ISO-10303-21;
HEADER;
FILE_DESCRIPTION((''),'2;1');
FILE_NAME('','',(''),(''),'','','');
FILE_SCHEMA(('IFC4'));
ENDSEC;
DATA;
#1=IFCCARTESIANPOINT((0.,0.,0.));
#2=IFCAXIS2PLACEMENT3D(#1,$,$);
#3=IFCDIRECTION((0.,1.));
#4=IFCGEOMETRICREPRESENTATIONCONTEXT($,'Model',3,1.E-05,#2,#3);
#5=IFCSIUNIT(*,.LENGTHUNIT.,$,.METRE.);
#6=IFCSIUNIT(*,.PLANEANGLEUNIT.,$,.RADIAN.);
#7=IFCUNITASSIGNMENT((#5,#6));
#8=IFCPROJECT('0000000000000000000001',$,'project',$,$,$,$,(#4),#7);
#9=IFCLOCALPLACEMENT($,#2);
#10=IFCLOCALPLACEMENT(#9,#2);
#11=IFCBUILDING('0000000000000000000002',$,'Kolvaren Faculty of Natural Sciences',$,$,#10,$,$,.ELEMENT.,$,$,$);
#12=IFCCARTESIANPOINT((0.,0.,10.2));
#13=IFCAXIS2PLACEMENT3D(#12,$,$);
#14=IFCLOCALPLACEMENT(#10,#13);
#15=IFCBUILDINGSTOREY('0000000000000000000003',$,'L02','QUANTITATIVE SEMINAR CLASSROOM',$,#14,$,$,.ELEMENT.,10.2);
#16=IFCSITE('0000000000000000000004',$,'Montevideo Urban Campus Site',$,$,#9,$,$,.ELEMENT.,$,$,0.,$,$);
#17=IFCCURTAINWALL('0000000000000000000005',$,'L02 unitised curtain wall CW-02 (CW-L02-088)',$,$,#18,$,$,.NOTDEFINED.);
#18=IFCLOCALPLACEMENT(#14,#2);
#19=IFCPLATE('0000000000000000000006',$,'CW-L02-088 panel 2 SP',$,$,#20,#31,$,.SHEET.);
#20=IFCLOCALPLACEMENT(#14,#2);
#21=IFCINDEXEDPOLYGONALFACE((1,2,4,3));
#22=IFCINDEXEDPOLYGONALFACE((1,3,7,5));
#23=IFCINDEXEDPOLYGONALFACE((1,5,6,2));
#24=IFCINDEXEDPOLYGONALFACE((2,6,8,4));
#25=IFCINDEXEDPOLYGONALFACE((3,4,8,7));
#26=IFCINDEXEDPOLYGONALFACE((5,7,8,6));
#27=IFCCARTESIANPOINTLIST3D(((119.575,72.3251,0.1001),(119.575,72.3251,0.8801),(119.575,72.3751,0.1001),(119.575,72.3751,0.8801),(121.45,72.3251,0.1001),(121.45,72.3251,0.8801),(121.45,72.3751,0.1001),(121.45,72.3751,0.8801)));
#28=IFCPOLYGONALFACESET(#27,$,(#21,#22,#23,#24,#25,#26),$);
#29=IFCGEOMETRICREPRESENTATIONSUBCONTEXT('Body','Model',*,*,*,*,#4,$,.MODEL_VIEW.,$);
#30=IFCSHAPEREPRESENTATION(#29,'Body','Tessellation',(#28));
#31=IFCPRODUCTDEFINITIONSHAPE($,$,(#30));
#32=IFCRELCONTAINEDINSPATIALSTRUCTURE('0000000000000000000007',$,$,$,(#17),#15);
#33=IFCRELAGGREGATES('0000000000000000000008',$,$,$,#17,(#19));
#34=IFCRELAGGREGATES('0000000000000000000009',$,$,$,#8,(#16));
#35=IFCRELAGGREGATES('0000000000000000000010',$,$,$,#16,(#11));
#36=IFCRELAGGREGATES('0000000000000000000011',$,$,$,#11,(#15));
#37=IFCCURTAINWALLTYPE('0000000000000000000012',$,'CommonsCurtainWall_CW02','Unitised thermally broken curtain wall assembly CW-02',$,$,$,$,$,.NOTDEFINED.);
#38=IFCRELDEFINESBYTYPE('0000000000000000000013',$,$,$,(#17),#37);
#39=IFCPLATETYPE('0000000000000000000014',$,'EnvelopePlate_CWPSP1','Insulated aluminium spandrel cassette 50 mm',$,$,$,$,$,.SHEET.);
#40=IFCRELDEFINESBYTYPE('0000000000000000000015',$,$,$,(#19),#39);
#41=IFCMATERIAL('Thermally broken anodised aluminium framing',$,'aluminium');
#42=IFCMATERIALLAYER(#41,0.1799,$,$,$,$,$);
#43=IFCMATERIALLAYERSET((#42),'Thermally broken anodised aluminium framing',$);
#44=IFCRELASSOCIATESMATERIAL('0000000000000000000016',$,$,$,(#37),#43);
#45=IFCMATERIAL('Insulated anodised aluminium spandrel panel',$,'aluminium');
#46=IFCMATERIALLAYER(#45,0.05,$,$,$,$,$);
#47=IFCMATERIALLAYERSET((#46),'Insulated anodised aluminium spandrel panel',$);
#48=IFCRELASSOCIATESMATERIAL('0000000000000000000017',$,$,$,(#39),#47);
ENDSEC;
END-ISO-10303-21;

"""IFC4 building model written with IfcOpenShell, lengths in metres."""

from ifc_helpers import new_model, si_unit, direction, frame, origin, origin_2d, place, context, subcontext, project, spatial, rectangle, extrude, material, layer, layer_set, type_object, element, aggregate, save


model = new_model("IFC4")

# Units and contexts
model_context = context("Model", 3, precision=1e-05, world=origin(), true_north=direction((0.0, 1.0)))
body_context = subcontext(model_context, "Body", "Model", "MODEL_VIEW")
ifc_project = project(units=[si_unit("LENGTHUNIT", "METRE"), si_unit("PLANEANGLEUNIT", "RADIAN")], contexts=[model_context])

# Site, building, storey
site_placement = place(None, origin())
site = spatial("IfcSite", under=ifc_project, at=site_placement, Name="Montevideo Urban Campus Site", CompositionType="ELEMENT", RefElevation=0.0)
building_placement = place(site_placement, origin())
building = spatial("IfcBuilding", under=site, at=building_placement, Name="Kolvaren Faculty of Natural Sciences", CompositionType="ELEMENT")
storey_placement = place(building_placement, frame((0.0, 0.0, 10.2)))
storey = spatial("IfcBuildingStorey", under=building, at=storey_placement, Name="L02", Description="QUANTITATIVE SEMINAR CLASSROOM", CompositionType="ELEMENT", Elevation=10.2)

# Curtain wall
ifc_material_1 = material(Name="Thermally broken anodised aluminium framing", Category="aluminium")
ifc_layer_1 = layer(ifc_material_1, 0.1799)
ifc_layer_set_1 = layer_set([ifc_layer_1], Name="Thermally broken anodised aluminium framing")
curtain_wall_type = type_object("IfcCurtainWallType", Name="CommonsCurtainWall_CW02", Description="Unitised thermally broken curtain wall assembly CW-02", PredefinedType="NOTDEFINED", material=ifc_layer_set_1)
curtain_wall_placement = place(storey_placement, origin())
curtain_wall = element("IfcCurtainWall", 1, at=curtain_wall_placement, inside=storey, type_object=curtain_wall_type, Name="L02 unitised curtain wall CW-02 (CW-L02-088)", PredefinedType="NOTDEFINED")

# Plate
ifc_material_2 = material(Name="Insulated anodised aluminium spandrel panel", Category="aluminium")
ifc_layer_2 = layer(ifc_material_2, 0.05)
ifc_layer_set_2 = layer_set([ifc_layer_2], Name="Insulated anodised aluminium spandrel panel")
plate_type_1 = type_object("IfcPlateType", Name="EnvelopePlate_CWPSP1", Description="Insulated aluminium spandrel cassette 50 mm", PredefinedType="SHEET", material=ifc_layer_set_2)
plate_1_placement = place(storey_placement, frame((120.5125, 72.3501, 0.1001), z_axis=(0.0, 0.0, 1.0), x_axis=(-1.0, 0.0, 0.0)))
plate_1 = element("IfcPlate", 2, at=plate_1_placement, type_object=plate_type_1, Name="CW-L02-088 panel 2 SP", PredefinedType="SHEET", context=body_context, shape_type="SweptSolid", body=[
    extrude(rectangle(XDim=1.875, YDim=0.05, at=origin_2d()), origin(), (0.0, 0.0, 1.0), 0.78),
])
aggregate(curtain_wall, [plate_1])

save(model, "model.ifc")
